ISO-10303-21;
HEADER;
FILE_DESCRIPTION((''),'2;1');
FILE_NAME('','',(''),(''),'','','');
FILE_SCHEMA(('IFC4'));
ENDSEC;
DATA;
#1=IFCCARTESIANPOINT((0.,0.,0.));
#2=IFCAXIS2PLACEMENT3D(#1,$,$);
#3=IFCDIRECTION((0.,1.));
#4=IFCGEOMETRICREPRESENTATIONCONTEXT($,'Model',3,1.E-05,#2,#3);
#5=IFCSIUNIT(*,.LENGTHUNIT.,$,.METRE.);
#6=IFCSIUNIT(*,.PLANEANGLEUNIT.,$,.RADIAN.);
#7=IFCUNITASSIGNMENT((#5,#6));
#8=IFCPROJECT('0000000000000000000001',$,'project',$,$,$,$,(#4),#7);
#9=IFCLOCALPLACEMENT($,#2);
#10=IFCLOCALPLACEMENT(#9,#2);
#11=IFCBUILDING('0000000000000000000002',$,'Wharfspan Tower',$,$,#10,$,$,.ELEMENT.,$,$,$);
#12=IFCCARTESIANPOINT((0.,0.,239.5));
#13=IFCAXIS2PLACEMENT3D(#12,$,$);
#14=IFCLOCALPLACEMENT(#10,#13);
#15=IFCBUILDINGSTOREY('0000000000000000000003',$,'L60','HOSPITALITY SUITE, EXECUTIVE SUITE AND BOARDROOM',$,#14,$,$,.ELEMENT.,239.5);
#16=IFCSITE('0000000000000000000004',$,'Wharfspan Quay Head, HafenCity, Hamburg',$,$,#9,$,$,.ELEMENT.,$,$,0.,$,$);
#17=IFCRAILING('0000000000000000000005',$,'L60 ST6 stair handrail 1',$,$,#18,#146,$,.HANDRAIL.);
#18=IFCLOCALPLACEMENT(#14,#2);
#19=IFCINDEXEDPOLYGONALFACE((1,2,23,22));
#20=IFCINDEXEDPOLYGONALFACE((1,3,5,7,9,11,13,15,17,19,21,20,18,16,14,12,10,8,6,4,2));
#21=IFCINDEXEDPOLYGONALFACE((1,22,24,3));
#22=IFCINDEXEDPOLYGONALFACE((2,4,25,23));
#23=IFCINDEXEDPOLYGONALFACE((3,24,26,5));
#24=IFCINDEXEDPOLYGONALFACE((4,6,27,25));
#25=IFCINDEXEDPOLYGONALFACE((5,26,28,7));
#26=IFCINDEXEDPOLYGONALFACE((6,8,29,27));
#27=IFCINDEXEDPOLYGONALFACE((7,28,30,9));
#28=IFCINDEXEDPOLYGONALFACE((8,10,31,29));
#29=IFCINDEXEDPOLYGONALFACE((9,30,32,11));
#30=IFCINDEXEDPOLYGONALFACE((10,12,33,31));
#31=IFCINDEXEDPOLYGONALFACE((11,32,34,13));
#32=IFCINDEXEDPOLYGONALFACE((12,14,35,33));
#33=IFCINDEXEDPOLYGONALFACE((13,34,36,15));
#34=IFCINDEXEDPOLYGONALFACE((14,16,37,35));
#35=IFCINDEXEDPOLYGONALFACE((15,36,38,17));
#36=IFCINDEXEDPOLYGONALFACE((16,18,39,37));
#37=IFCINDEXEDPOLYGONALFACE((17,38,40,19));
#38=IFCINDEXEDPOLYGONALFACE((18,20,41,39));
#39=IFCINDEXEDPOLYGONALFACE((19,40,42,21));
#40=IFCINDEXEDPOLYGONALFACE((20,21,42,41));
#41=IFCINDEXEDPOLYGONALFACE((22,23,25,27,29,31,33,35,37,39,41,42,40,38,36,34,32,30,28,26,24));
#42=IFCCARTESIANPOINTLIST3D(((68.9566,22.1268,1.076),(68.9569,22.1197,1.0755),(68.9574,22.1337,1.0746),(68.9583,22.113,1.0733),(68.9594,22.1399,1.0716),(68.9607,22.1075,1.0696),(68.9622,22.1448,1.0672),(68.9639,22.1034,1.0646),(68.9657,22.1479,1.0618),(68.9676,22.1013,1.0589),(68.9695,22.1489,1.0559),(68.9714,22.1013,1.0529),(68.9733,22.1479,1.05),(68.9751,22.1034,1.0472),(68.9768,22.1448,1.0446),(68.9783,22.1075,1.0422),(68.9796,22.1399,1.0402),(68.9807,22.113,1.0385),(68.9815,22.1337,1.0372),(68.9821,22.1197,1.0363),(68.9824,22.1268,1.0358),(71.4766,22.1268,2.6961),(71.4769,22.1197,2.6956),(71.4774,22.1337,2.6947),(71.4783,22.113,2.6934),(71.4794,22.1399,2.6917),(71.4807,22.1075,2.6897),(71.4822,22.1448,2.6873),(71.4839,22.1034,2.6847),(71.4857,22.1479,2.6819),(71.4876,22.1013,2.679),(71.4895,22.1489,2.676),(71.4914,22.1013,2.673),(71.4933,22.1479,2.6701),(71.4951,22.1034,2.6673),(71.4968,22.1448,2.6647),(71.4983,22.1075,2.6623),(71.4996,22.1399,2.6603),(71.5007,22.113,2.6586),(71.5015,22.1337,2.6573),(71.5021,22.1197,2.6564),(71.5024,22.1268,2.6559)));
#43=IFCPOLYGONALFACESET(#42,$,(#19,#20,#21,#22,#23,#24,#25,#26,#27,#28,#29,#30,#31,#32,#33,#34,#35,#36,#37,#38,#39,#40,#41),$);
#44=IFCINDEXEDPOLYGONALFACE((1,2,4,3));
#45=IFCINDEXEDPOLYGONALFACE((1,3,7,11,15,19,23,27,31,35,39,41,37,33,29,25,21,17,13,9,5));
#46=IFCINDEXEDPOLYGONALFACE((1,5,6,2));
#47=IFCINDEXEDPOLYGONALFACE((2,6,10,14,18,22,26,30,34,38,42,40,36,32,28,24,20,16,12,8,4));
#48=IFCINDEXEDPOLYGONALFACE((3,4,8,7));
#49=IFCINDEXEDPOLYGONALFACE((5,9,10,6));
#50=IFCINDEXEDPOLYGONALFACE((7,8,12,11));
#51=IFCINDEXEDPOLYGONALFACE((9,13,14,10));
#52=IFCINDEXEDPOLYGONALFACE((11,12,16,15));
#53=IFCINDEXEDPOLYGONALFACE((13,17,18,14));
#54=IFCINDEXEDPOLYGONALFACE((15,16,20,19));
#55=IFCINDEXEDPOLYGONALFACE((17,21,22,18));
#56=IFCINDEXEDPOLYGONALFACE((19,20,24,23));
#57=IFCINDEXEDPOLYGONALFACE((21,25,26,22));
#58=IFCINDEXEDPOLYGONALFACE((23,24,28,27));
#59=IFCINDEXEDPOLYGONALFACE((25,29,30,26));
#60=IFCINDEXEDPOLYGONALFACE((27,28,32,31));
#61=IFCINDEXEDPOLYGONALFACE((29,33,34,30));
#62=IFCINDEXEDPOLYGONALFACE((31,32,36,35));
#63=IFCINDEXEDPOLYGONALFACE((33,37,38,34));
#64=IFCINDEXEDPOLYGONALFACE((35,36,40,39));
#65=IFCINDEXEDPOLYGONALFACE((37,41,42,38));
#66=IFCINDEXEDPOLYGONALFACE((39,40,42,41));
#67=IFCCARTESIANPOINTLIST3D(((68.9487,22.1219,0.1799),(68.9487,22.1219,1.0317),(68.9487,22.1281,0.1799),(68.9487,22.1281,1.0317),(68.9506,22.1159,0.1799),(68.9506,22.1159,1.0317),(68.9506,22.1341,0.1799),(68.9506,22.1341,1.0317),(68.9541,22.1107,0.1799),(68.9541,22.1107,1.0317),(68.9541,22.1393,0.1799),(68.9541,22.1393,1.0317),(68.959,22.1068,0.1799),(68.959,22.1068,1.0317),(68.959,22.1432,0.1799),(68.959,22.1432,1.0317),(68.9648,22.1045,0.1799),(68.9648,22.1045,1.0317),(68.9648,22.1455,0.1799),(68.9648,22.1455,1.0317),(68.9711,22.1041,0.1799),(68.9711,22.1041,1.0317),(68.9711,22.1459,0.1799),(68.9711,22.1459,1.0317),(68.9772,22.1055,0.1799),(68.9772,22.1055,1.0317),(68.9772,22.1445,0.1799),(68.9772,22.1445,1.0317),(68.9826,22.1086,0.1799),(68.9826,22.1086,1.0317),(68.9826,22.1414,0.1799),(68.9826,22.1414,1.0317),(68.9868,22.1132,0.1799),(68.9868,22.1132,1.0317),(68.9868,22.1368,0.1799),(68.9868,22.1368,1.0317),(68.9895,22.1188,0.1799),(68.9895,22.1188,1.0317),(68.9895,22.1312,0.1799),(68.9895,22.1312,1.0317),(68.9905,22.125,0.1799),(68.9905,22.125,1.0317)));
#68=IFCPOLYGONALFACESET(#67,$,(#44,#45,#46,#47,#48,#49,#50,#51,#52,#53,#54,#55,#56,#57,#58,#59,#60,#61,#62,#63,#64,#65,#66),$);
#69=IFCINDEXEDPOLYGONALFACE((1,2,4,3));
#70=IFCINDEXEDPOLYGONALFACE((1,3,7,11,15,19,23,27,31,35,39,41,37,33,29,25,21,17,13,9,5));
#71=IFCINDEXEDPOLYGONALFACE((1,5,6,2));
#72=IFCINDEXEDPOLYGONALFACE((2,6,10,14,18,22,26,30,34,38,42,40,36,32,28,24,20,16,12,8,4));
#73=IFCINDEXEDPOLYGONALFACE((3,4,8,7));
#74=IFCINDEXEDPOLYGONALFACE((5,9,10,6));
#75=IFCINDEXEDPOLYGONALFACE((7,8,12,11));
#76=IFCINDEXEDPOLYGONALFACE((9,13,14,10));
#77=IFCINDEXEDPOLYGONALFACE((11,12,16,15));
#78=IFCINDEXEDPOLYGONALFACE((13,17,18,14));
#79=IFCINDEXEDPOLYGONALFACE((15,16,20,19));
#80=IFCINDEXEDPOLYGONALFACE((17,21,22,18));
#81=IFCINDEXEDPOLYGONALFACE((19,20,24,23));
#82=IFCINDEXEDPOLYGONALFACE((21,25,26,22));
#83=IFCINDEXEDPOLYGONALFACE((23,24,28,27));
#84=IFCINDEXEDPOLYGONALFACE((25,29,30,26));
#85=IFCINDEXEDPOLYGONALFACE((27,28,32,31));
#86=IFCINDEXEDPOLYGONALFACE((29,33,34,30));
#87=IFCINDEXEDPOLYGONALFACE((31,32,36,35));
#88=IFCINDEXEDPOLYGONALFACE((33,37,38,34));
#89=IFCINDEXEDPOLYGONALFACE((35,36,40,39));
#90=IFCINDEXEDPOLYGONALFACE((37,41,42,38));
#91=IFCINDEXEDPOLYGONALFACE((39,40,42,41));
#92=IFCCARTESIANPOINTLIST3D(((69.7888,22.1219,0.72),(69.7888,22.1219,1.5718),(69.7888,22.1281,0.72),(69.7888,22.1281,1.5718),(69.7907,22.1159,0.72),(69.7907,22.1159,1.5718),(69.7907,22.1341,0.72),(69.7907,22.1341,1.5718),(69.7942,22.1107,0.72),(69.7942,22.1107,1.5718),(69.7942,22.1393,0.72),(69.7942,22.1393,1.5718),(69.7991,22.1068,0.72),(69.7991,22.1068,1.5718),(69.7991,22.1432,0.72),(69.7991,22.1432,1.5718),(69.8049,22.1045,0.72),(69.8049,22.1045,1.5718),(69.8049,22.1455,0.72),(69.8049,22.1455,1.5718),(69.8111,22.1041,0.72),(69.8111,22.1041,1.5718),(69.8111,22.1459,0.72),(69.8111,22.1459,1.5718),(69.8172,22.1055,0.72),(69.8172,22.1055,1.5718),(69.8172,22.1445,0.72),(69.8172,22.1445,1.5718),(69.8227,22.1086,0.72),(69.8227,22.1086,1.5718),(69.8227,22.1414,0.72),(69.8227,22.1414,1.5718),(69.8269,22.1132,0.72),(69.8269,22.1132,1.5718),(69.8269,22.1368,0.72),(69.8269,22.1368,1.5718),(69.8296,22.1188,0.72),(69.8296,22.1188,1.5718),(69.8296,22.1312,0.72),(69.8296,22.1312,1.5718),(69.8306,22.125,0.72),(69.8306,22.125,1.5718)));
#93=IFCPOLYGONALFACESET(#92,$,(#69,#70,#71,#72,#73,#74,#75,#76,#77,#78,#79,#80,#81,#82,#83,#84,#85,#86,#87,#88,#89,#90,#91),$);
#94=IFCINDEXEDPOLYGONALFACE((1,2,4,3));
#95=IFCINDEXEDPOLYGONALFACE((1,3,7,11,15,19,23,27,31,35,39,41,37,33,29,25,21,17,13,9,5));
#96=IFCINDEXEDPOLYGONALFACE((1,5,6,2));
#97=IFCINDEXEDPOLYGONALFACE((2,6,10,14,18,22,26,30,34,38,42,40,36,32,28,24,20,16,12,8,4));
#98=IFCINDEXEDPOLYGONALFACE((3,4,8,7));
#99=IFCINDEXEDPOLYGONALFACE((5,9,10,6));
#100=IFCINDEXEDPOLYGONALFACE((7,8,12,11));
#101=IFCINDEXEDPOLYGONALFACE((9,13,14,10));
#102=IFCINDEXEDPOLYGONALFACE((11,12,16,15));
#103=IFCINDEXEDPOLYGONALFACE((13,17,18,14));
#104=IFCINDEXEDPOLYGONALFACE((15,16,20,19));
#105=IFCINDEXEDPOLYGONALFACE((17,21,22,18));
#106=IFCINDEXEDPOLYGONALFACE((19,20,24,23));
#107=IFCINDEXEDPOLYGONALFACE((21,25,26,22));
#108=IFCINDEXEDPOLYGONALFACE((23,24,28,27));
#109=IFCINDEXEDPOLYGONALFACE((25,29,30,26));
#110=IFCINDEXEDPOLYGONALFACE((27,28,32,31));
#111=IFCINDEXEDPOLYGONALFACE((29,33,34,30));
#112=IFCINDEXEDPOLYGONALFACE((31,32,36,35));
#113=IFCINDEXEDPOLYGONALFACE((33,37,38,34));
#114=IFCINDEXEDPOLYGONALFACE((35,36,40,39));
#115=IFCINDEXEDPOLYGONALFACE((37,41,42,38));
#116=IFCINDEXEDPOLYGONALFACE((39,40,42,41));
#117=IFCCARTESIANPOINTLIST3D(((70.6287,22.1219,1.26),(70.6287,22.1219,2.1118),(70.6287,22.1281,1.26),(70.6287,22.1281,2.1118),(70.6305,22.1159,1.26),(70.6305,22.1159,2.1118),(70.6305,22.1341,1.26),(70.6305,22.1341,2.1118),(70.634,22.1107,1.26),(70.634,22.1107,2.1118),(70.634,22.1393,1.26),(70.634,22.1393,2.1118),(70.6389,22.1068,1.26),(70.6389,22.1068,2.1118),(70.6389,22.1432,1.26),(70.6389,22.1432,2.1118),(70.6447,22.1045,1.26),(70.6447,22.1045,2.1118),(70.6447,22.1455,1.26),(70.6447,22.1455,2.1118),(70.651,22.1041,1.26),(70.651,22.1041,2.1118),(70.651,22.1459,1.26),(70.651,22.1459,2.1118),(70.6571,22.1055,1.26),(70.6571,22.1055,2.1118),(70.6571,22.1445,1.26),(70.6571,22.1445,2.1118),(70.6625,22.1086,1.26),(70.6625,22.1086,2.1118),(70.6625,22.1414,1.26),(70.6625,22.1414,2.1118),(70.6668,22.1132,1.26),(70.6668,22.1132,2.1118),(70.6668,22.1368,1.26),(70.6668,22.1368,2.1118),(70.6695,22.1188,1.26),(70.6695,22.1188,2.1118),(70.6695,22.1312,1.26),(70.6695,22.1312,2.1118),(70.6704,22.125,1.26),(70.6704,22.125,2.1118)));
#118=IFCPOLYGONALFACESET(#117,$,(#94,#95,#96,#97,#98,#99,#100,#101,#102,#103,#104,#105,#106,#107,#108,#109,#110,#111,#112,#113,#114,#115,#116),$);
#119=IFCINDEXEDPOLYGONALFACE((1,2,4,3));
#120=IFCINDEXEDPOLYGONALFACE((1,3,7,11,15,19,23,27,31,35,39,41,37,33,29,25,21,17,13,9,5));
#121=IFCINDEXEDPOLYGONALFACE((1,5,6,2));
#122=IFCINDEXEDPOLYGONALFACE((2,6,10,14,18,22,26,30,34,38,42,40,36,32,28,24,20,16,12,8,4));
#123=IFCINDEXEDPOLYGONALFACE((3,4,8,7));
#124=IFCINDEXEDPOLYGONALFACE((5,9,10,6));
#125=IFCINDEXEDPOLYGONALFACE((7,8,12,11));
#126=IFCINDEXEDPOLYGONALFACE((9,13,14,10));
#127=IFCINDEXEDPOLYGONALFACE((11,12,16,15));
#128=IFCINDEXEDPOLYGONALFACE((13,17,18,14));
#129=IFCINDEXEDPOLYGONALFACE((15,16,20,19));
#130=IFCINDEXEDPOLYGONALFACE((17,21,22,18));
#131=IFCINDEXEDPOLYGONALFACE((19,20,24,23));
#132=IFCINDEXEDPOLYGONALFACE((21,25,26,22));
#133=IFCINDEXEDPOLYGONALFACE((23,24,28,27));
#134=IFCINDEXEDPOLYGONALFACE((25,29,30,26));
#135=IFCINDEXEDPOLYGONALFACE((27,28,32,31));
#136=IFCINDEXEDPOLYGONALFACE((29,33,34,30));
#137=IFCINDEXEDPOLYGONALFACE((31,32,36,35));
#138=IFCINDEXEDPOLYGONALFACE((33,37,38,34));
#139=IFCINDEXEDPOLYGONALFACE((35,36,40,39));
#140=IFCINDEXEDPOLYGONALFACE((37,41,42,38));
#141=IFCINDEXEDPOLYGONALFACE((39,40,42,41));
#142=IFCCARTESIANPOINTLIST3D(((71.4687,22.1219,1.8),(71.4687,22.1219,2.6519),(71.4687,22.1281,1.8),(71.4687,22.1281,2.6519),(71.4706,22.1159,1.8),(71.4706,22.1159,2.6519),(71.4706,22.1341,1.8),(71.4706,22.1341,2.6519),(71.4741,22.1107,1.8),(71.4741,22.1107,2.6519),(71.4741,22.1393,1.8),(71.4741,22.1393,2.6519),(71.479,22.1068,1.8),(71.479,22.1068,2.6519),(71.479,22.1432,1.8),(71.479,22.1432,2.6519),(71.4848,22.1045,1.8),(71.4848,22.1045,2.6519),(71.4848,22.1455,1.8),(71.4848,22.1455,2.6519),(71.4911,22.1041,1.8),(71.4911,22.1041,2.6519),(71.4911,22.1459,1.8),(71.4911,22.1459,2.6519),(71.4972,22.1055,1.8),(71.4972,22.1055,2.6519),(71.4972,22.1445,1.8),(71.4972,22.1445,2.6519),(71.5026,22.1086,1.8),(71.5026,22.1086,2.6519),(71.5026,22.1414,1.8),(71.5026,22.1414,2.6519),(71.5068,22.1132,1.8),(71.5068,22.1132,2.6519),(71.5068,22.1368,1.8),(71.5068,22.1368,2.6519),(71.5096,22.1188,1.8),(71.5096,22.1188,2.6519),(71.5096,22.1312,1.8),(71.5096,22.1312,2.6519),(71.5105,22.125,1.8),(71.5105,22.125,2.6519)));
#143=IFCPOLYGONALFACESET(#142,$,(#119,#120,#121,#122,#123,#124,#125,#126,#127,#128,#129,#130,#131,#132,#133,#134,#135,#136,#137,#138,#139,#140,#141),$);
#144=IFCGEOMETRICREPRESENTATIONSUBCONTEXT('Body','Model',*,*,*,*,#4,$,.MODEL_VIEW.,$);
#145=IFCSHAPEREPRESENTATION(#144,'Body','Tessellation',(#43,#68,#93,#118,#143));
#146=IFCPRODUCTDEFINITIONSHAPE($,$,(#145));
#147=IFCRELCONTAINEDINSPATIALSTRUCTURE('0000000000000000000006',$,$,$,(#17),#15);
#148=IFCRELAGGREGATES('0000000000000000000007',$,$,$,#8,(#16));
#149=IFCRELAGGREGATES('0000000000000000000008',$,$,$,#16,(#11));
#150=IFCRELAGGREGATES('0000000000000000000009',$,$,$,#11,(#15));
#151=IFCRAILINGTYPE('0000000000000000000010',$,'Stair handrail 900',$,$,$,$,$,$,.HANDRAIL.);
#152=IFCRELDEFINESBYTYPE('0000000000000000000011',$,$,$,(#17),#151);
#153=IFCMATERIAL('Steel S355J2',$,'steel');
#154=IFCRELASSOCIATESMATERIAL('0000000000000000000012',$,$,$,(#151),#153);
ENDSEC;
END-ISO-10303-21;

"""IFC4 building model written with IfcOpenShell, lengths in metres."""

from ifc_helpers import new_model, si_unit, direction, frame, origin, origin_2d, place, context, subcontext, project, spatial, circle, extrude, material, type_object, element, save


model = new_model("IFC4")

# Units and contexts
model_context = context("Model", 3, precision=1e-05, world=origin(), true_north=direction((0.0, 1.0)))
body_context = subcontext(model_context, "Body", "Model", "MODEL_VIEW")
ifc_project = project(units=[si_unit("LENGTHUNIT", "METRE"), si_unit("PLANEANGLEUNIT", "RADIAN")], contexts=[model_context])

# Site, building, storey
site_placement = place(None, origin())
site = spatial("IfcSite", under=ifc_project, at=site_placement, Name="Wharfspan Quay Head, HafenCity, Hamburg", CompositionType="ELEMENT", RefElevation=0.0)
building_placement = place(site_placement, origin())
building = spatial("IfcBuilding", under=site, at=building_placement, Name="Wharfspan Tower", CompositionType="ELEMENT")
storey_placement = place(building_placement, frame((0.0, 0.0, 239.5)))
storey = spatial("IfcBuildingStorey", under=building, at=storey_placement, Name="L60", Description="HOSPITALITY SUITE, EXECUTIVE SUITE AND BOARDROOM", CompositionType="ELEMENT", Elevation=239.5)

# Shared definitions
ifc_material_1 = material(Name="Steel S355J2", Category="steel")

# Railing
railing_type_1 = type_object("IfcRailingType", Name="Stair handrail 900", PredefinedType="HANDRAIL", material=ifc_material_1)
railing_1_placement = place(storey_placement, frame((68.9695, 22.125, 0.1799)))
element("IfcRailing", 1, at=railing_1_placement, inside=storey, type_object=railing_type_1, Name="L60 ST6 stair handrail 1", PredefinedType="HANDRAIL", context=body_context, shape_type="SweptSolid", body=[
    extrude(circle(Radius=0.0239, at=origin_2d()), frame((0.0, 0.0, 0.876), z_axis=(0.841163, 0.0, 0.540782), x_axis=(0.0, 1.0, 0.0)), (0.0, 0.0, 1.0), 2.9958),
    extrude(circle(Radius=0.021, at=origin_2d()), origin(), (0.0, 0.0, 1.0), 0.8518),
    extrude(circle(Radius=0.021, at=origin_2d()), frame((0.8401, 0.0, 0.54)), (0.0, 0.0, 1.0), 0.8518),
    extrude(circle(Radius=0.021, at=origin_2d()), frame((1.6799, 0.0, 1.0801)), (0.0, 0.0, 1.0), 0.8518),
    extrude(circle(Radius=0.021, at=origin_2d()), frame((2.52, 0.0, 1.6201)), (0.0, 0.0, 1.0), 0.8518),
])

save(model, "model.ifc")
